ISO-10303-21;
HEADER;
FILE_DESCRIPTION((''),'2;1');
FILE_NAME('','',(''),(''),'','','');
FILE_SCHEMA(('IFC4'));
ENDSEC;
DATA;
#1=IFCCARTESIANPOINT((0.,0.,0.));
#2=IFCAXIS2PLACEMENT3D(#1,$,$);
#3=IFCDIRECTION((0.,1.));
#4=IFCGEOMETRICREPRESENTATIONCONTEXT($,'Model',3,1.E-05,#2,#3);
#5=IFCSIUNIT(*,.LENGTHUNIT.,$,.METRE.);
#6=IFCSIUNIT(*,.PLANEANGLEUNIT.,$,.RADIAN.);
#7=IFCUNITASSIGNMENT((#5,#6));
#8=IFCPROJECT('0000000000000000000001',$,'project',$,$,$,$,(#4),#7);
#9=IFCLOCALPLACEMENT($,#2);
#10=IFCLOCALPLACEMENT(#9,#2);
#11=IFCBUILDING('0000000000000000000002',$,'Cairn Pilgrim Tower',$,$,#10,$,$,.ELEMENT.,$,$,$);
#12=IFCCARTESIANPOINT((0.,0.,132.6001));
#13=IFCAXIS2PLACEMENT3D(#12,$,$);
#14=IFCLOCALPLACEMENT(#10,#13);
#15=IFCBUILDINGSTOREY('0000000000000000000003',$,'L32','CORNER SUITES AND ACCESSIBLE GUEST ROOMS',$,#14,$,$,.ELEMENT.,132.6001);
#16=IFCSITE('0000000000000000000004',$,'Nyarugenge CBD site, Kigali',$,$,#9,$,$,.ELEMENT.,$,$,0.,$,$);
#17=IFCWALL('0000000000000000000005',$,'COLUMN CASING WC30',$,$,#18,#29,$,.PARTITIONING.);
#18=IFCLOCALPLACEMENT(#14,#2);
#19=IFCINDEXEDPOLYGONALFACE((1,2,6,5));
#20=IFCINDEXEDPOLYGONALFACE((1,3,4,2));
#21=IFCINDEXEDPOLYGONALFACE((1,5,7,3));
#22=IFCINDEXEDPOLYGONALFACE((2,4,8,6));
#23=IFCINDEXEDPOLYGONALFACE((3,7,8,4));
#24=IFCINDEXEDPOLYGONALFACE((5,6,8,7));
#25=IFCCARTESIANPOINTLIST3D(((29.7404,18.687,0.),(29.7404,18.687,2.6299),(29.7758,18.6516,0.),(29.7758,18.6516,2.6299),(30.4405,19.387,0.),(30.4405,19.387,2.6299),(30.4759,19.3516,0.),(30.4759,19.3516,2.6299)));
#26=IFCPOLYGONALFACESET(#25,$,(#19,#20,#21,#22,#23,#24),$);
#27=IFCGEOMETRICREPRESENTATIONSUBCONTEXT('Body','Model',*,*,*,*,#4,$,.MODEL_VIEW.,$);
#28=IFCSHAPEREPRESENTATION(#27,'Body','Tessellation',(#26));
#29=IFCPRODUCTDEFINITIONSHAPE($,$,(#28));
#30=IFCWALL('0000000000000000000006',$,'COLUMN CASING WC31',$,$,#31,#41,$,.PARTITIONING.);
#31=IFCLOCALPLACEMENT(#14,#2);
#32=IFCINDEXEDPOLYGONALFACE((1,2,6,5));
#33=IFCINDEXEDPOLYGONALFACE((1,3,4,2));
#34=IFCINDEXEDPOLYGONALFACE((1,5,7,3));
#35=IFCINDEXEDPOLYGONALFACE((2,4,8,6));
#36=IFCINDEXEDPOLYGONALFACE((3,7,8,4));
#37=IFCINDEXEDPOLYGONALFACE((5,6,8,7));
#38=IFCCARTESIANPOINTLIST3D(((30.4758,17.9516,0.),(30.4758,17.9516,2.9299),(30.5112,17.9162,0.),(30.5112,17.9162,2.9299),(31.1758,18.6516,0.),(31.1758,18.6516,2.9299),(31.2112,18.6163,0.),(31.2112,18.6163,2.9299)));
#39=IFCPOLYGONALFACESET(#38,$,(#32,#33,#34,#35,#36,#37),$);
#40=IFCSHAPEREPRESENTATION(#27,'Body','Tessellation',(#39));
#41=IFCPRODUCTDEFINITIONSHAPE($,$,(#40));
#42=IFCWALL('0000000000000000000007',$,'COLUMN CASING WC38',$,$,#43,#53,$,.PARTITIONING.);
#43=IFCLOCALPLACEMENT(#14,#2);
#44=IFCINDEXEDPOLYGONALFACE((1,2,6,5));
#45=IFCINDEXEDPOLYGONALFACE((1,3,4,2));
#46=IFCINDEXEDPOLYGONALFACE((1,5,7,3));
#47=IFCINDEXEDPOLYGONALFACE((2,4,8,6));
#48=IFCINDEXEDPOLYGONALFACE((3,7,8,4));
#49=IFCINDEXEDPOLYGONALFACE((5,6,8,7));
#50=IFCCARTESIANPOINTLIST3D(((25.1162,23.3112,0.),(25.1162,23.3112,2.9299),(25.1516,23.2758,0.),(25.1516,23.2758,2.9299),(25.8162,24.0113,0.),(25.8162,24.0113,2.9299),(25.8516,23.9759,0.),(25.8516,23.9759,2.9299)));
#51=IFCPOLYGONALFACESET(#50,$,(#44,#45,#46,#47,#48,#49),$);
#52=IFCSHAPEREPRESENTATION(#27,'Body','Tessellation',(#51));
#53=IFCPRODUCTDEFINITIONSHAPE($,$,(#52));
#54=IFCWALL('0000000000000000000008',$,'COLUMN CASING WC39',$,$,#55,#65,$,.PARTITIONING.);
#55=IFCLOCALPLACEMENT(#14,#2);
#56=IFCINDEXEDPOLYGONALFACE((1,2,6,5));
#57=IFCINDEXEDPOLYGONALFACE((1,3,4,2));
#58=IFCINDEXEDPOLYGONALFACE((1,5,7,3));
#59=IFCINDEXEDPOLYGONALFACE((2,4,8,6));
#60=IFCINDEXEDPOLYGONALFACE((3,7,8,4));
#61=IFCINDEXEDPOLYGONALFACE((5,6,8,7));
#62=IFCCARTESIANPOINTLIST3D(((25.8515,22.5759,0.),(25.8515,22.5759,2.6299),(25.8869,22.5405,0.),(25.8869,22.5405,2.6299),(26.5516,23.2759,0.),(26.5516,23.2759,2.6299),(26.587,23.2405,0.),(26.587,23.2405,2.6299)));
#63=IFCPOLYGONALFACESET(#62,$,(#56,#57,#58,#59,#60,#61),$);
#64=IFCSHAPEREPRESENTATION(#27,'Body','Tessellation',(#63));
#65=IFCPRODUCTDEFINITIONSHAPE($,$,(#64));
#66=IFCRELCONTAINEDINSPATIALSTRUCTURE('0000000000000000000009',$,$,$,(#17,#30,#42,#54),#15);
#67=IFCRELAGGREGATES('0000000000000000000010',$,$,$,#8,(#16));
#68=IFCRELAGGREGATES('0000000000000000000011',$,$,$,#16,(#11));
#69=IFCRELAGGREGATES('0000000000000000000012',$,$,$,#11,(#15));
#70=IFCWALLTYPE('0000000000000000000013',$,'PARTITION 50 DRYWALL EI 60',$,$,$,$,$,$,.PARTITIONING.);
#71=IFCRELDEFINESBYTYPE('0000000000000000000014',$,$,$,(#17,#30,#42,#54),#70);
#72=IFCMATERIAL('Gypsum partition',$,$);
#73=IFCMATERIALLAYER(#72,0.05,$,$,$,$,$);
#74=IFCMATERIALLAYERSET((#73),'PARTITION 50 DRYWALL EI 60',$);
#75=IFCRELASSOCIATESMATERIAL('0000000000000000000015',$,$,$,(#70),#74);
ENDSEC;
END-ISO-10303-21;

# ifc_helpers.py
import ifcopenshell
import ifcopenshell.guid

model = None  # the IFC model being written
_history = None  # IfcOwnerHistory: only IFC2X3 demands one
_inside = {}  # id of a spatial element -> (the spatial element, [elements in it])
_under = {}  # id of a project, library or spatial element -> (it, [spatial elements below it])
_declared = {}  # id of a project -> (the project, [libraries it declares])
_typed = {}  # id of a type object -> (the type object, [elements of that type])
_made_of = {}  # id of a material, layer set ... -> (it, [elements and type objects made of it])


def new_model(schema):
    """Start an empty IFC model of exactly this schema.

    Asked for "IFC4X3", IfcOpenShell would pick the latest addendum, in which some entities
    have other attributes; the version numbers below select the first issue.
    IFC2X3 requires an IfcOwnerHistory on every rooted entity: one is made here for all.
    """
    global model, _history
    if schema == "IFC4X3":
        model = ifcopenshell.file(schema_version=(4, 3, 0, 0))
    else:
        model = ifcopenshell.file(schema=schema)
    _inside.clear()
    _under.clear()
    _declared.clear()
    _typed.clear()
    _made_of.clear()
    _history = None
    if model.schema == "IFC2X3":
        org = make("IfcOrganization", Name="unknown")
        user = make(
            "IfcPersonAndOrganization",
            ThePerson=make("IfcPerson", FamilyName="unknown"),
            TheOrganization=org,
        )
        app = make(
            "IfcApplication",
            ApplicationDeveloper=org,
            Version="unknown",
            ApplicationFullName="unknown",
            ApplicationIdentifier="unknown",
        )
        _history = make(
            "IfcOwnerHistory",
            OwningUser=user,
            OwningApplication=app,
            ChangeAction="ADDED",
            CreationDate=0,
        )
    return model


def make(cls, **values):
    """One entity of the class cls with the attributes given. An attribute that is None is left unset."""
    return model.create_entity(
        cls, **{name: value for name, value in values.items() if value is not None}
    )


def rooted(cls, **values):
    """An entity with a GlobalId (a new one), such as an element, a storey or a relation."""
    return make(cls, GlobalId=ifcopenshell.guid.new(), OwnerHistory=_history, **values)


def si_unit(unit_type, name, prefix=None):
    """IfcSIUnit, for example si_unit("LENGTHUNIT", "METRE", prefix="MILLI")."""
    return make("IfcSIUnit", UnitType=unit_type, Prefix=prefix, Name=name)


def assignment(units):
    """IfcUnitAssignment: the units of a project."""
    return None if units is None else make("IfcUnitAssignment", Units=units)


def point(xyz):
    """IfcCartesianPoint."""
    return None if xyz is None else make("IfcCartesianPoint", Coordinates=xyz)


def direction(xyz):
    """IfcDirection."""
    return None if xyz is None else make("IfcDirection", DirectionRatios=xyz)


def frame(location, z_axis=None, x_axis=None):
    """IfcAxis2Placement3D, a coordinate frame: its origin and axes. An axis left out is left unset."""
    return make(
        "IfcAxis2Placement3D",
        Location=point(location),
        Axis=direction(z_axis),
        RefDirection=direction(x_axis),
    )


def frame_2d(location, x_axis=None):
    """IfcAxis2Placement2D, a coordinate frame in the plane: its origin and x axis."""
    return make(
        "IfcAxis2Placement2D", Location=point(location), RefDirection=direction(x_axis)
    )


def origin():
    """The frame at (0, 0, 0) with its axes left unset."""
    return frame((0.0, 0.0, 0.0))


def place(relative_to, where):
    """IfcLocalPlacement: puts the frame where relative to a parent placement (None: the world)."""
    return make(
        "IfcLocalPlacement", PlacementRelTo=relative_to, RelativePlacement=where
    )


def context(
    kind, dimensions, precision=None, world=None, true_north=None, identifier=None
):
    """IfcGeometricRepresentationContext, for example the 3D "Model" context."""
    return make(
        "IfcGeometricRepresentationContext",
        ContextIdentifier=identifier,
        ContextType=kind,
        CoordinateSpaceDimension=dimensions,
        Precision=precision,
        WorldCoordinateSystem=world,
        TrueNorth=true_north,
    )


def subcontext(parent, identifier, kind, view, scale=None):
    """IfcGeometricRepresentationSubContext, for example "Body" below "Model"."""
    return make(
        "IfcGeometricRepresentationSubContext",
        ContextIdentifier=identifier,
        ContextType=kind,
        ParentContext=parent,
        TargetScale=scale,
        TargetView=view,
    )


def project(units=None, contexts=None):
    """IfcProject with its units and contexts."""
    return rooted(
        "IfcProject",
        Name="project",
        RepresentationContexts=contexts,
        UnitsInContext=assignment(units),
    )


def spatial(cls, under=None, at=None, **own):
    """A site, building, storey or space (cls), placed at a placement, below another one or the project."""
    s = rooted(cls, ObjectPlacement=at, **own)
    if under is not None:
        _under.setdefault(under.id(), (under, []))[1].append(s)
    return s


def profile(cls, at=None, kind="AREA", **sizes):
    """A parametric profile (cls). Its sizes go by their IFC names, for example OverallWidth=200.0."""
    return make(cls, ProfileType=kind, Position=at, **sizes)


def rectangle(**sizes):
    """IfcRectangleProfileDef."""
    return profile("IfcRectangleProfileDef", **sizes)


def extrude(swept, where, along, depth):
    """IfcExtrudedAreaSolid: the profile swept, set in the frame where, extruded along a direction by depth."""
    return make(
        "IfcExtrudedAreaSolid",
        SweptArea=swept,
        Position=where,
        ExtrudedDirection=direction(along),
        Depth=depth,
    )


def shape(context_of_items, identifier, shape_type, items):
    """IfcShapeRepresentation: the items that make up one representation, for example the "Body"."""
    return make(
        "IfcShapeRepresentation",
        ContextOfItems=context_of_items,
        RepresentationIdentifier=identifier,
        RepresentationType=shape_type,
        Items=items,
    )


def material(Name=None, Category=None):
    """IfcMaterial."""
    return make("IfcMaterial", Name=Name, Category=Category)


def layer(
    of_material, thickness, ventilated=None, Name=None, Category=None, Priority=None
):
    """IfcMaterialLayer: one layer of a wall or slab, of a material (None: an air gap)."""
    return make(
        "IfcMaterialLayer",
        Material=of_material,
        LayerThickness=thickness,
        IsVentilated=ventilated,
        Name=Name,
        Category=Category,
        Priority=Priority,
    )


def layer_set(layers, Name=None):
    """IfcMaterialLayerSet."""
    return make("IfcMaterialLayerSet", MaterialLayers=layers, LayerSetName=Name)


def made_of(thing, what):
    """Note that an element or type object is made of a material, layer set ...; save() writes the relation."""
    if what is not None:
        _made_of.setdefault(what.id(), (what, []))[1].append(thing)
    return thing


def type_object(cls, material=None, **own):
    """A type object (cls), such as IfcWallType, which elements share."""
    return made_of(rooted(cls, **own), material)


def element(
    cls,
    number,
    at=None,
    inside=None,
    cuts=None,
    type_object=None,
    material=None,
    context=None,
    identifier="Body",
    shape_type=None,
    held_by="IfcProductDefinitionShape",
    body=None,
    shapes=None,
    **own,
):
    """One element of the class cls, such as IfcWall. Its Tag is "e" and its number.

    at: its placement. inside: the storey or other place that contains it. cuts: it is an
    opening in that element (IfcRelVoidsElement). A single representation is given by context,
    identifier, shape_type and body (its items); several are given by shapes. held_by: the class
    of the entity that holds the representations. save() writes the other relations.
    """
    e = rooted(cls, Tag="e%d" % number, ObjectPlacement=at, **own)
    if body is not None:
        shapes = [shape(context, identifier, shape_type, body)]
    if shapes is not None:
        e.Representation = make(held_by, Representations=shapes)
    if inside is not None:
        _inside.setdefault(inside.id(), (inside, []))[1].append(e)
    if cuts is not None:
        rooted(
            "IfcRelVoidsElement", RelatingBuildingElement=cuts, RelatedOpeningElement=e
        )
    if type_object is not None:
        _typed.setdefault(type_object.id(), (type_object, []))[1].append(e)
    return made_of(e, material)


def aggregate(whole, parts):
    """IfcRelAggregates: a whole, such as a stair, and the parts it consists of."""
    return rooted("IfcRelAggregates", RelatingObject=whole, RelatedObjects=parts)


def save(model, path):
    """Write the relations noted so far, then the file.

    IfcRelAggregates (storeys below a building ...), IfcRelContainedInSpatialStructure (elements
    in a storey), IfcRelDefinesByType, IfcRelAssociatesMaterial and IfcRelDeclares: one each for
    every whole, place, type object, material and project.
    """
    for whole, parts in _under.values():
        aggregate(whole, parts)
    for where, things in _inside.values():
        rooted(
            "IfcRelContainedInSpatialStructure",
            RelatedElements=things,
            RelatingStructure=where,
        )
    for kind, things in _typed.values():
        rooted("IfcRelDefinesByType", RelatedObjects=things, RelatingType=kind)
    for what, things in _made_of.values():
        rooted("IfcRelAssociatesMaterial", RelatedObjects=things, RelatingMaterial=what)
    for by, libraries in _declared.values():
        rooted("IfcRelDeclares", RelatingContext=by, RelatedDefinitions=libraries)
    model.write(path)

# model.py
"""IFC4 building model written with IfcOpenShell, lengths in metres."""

from ifc_helpers import new_model, si_unit, direction, frame, frame_2d, origin, place, context, subcontext, project, spatial, rectangle, extrude, material, layer, layer_set, type_object, element, save


model = new_model("IFC4")

# Units and contexts
model_context = context("Model", 3, precision=1e-05, world=origin(), true_north=direction((0.0, 1.0)))
body_context = subcontext(model_context, "Body", "Model", "MODEL_VIEW")
ifc_project = project(units=[si_unit("LENGTHUNIT", "METRE"), si_unit("PLANEANGLEUNIT", "RADIAN")], contexts=[model_context])

# Site, building, storey
site_placement = place(None, origin())
site = spatial("IfcSite", under=ifc_project, at=site_placement, Name="Nyarugenge CBD site, Kigali", CompositionType="ELEMENT", RefElevation=0.0)
building_placement = place(site_placement, origin())
building = spatial("IfcBuilding", under=site, at=building_placement, Name="Cairn Pilgrim Tower", CompositionType="ELEMENT")
storey_placement = place(building_placement, frame((0.0, 0.0, 132.6001)))
storey = spatial("IfcBuildingStorey", under=building, at=storey_placement, Name="L32", Description="CORNER SUITES AND ACCESSIBLE GUEST ROOMS", CompositionType="ELEMENT", Elevation=132.6001)

# Walls
ifc_material_1 = material(Name="Gypsum partition")
ifc_layer_1 = layer(ifc_material_1, 0.05)
ifc_layer_set_1 = layer_set([ifc_layer_1], Name="PARTITION 50 DRYWALL EI 60")
wall_type_1 = type_object("IfcWallType", Name="PARTITION 50 DRYWALL EI 60", PredefinedType="PARTITIONING", material=ifc_layer_set_1)
wall_1_placement = place(storey_placement, frame((29.7581, 18.6692, 0.0), z_axis=(0.0, 0.0, 1.0), x_axis=(0.707107, 0.707107, 0.0)))
element("IfcWall", 1, at=wall_1_placement, inside=storey, type_object=wall_type_1, Name="COLUMN CASING WC30", PredefinedType="PARTITIONING", context=body_context, shape_type="SweptSolid", body=[
    extrude(rectangle(XDim=0.99, YDim=0.05, at=frame_2d((0.4951, 0.0))), origin(), (0.0, 0.0, 1.0), 2.6299),
])
for number, where, z_axis, x_axis, name in (
    (2, (30.4934, 17.9338, 0.0), (0.0, 0.0, 1.0), (0.707107, 0.707107, 0.0), "COLUMN CASING WC31"),
    (3, (25.1338, 23.2935, 0.0), (0.0, 0.0, 1.0), (0.707107, 0.707107, 0.0), "COLUMN CASING WC38"),
):
    element("IfcWall", number, at=place(storey_placement, frame(where, z_axis=z_axis, x_axis=x_axis)), inside=storey, type_object=wall_type_1, Name=name, PredefinedType="PARTITIONING", context=body_context, shape_type="SweptSolid", body=[
        extrude(rectangle(XDim=0.99, YDim=0.05, at=frame_2d((0.4951, 0.0))), origin(), (0.0, 0.0, 1.0), 2.9299),
    ])
wall_2_placement = place(storey_placement, frame((25.8691, 22.5581, 0.0), z_axis=(0.0, 0.0, 1.0), x_axis=(0.707107, 0.707107, 0.0)))
element("IfcWall", 4, at=wall_2_placement, inside=storey, type_object=wall_type_1, Name="COLUMN CASING WC39", PredefinedType="PARTITIONING", context=body_context, shape_type="SweptSolid", body=[
    extrude(rectangle(XDim=0.99, YDim=0.05, at=frame_2d((0.4951, 0.0))), origin(), (0.0, 0.0, 1.0), 2.6299),
])

save(model, "model.ifc")
